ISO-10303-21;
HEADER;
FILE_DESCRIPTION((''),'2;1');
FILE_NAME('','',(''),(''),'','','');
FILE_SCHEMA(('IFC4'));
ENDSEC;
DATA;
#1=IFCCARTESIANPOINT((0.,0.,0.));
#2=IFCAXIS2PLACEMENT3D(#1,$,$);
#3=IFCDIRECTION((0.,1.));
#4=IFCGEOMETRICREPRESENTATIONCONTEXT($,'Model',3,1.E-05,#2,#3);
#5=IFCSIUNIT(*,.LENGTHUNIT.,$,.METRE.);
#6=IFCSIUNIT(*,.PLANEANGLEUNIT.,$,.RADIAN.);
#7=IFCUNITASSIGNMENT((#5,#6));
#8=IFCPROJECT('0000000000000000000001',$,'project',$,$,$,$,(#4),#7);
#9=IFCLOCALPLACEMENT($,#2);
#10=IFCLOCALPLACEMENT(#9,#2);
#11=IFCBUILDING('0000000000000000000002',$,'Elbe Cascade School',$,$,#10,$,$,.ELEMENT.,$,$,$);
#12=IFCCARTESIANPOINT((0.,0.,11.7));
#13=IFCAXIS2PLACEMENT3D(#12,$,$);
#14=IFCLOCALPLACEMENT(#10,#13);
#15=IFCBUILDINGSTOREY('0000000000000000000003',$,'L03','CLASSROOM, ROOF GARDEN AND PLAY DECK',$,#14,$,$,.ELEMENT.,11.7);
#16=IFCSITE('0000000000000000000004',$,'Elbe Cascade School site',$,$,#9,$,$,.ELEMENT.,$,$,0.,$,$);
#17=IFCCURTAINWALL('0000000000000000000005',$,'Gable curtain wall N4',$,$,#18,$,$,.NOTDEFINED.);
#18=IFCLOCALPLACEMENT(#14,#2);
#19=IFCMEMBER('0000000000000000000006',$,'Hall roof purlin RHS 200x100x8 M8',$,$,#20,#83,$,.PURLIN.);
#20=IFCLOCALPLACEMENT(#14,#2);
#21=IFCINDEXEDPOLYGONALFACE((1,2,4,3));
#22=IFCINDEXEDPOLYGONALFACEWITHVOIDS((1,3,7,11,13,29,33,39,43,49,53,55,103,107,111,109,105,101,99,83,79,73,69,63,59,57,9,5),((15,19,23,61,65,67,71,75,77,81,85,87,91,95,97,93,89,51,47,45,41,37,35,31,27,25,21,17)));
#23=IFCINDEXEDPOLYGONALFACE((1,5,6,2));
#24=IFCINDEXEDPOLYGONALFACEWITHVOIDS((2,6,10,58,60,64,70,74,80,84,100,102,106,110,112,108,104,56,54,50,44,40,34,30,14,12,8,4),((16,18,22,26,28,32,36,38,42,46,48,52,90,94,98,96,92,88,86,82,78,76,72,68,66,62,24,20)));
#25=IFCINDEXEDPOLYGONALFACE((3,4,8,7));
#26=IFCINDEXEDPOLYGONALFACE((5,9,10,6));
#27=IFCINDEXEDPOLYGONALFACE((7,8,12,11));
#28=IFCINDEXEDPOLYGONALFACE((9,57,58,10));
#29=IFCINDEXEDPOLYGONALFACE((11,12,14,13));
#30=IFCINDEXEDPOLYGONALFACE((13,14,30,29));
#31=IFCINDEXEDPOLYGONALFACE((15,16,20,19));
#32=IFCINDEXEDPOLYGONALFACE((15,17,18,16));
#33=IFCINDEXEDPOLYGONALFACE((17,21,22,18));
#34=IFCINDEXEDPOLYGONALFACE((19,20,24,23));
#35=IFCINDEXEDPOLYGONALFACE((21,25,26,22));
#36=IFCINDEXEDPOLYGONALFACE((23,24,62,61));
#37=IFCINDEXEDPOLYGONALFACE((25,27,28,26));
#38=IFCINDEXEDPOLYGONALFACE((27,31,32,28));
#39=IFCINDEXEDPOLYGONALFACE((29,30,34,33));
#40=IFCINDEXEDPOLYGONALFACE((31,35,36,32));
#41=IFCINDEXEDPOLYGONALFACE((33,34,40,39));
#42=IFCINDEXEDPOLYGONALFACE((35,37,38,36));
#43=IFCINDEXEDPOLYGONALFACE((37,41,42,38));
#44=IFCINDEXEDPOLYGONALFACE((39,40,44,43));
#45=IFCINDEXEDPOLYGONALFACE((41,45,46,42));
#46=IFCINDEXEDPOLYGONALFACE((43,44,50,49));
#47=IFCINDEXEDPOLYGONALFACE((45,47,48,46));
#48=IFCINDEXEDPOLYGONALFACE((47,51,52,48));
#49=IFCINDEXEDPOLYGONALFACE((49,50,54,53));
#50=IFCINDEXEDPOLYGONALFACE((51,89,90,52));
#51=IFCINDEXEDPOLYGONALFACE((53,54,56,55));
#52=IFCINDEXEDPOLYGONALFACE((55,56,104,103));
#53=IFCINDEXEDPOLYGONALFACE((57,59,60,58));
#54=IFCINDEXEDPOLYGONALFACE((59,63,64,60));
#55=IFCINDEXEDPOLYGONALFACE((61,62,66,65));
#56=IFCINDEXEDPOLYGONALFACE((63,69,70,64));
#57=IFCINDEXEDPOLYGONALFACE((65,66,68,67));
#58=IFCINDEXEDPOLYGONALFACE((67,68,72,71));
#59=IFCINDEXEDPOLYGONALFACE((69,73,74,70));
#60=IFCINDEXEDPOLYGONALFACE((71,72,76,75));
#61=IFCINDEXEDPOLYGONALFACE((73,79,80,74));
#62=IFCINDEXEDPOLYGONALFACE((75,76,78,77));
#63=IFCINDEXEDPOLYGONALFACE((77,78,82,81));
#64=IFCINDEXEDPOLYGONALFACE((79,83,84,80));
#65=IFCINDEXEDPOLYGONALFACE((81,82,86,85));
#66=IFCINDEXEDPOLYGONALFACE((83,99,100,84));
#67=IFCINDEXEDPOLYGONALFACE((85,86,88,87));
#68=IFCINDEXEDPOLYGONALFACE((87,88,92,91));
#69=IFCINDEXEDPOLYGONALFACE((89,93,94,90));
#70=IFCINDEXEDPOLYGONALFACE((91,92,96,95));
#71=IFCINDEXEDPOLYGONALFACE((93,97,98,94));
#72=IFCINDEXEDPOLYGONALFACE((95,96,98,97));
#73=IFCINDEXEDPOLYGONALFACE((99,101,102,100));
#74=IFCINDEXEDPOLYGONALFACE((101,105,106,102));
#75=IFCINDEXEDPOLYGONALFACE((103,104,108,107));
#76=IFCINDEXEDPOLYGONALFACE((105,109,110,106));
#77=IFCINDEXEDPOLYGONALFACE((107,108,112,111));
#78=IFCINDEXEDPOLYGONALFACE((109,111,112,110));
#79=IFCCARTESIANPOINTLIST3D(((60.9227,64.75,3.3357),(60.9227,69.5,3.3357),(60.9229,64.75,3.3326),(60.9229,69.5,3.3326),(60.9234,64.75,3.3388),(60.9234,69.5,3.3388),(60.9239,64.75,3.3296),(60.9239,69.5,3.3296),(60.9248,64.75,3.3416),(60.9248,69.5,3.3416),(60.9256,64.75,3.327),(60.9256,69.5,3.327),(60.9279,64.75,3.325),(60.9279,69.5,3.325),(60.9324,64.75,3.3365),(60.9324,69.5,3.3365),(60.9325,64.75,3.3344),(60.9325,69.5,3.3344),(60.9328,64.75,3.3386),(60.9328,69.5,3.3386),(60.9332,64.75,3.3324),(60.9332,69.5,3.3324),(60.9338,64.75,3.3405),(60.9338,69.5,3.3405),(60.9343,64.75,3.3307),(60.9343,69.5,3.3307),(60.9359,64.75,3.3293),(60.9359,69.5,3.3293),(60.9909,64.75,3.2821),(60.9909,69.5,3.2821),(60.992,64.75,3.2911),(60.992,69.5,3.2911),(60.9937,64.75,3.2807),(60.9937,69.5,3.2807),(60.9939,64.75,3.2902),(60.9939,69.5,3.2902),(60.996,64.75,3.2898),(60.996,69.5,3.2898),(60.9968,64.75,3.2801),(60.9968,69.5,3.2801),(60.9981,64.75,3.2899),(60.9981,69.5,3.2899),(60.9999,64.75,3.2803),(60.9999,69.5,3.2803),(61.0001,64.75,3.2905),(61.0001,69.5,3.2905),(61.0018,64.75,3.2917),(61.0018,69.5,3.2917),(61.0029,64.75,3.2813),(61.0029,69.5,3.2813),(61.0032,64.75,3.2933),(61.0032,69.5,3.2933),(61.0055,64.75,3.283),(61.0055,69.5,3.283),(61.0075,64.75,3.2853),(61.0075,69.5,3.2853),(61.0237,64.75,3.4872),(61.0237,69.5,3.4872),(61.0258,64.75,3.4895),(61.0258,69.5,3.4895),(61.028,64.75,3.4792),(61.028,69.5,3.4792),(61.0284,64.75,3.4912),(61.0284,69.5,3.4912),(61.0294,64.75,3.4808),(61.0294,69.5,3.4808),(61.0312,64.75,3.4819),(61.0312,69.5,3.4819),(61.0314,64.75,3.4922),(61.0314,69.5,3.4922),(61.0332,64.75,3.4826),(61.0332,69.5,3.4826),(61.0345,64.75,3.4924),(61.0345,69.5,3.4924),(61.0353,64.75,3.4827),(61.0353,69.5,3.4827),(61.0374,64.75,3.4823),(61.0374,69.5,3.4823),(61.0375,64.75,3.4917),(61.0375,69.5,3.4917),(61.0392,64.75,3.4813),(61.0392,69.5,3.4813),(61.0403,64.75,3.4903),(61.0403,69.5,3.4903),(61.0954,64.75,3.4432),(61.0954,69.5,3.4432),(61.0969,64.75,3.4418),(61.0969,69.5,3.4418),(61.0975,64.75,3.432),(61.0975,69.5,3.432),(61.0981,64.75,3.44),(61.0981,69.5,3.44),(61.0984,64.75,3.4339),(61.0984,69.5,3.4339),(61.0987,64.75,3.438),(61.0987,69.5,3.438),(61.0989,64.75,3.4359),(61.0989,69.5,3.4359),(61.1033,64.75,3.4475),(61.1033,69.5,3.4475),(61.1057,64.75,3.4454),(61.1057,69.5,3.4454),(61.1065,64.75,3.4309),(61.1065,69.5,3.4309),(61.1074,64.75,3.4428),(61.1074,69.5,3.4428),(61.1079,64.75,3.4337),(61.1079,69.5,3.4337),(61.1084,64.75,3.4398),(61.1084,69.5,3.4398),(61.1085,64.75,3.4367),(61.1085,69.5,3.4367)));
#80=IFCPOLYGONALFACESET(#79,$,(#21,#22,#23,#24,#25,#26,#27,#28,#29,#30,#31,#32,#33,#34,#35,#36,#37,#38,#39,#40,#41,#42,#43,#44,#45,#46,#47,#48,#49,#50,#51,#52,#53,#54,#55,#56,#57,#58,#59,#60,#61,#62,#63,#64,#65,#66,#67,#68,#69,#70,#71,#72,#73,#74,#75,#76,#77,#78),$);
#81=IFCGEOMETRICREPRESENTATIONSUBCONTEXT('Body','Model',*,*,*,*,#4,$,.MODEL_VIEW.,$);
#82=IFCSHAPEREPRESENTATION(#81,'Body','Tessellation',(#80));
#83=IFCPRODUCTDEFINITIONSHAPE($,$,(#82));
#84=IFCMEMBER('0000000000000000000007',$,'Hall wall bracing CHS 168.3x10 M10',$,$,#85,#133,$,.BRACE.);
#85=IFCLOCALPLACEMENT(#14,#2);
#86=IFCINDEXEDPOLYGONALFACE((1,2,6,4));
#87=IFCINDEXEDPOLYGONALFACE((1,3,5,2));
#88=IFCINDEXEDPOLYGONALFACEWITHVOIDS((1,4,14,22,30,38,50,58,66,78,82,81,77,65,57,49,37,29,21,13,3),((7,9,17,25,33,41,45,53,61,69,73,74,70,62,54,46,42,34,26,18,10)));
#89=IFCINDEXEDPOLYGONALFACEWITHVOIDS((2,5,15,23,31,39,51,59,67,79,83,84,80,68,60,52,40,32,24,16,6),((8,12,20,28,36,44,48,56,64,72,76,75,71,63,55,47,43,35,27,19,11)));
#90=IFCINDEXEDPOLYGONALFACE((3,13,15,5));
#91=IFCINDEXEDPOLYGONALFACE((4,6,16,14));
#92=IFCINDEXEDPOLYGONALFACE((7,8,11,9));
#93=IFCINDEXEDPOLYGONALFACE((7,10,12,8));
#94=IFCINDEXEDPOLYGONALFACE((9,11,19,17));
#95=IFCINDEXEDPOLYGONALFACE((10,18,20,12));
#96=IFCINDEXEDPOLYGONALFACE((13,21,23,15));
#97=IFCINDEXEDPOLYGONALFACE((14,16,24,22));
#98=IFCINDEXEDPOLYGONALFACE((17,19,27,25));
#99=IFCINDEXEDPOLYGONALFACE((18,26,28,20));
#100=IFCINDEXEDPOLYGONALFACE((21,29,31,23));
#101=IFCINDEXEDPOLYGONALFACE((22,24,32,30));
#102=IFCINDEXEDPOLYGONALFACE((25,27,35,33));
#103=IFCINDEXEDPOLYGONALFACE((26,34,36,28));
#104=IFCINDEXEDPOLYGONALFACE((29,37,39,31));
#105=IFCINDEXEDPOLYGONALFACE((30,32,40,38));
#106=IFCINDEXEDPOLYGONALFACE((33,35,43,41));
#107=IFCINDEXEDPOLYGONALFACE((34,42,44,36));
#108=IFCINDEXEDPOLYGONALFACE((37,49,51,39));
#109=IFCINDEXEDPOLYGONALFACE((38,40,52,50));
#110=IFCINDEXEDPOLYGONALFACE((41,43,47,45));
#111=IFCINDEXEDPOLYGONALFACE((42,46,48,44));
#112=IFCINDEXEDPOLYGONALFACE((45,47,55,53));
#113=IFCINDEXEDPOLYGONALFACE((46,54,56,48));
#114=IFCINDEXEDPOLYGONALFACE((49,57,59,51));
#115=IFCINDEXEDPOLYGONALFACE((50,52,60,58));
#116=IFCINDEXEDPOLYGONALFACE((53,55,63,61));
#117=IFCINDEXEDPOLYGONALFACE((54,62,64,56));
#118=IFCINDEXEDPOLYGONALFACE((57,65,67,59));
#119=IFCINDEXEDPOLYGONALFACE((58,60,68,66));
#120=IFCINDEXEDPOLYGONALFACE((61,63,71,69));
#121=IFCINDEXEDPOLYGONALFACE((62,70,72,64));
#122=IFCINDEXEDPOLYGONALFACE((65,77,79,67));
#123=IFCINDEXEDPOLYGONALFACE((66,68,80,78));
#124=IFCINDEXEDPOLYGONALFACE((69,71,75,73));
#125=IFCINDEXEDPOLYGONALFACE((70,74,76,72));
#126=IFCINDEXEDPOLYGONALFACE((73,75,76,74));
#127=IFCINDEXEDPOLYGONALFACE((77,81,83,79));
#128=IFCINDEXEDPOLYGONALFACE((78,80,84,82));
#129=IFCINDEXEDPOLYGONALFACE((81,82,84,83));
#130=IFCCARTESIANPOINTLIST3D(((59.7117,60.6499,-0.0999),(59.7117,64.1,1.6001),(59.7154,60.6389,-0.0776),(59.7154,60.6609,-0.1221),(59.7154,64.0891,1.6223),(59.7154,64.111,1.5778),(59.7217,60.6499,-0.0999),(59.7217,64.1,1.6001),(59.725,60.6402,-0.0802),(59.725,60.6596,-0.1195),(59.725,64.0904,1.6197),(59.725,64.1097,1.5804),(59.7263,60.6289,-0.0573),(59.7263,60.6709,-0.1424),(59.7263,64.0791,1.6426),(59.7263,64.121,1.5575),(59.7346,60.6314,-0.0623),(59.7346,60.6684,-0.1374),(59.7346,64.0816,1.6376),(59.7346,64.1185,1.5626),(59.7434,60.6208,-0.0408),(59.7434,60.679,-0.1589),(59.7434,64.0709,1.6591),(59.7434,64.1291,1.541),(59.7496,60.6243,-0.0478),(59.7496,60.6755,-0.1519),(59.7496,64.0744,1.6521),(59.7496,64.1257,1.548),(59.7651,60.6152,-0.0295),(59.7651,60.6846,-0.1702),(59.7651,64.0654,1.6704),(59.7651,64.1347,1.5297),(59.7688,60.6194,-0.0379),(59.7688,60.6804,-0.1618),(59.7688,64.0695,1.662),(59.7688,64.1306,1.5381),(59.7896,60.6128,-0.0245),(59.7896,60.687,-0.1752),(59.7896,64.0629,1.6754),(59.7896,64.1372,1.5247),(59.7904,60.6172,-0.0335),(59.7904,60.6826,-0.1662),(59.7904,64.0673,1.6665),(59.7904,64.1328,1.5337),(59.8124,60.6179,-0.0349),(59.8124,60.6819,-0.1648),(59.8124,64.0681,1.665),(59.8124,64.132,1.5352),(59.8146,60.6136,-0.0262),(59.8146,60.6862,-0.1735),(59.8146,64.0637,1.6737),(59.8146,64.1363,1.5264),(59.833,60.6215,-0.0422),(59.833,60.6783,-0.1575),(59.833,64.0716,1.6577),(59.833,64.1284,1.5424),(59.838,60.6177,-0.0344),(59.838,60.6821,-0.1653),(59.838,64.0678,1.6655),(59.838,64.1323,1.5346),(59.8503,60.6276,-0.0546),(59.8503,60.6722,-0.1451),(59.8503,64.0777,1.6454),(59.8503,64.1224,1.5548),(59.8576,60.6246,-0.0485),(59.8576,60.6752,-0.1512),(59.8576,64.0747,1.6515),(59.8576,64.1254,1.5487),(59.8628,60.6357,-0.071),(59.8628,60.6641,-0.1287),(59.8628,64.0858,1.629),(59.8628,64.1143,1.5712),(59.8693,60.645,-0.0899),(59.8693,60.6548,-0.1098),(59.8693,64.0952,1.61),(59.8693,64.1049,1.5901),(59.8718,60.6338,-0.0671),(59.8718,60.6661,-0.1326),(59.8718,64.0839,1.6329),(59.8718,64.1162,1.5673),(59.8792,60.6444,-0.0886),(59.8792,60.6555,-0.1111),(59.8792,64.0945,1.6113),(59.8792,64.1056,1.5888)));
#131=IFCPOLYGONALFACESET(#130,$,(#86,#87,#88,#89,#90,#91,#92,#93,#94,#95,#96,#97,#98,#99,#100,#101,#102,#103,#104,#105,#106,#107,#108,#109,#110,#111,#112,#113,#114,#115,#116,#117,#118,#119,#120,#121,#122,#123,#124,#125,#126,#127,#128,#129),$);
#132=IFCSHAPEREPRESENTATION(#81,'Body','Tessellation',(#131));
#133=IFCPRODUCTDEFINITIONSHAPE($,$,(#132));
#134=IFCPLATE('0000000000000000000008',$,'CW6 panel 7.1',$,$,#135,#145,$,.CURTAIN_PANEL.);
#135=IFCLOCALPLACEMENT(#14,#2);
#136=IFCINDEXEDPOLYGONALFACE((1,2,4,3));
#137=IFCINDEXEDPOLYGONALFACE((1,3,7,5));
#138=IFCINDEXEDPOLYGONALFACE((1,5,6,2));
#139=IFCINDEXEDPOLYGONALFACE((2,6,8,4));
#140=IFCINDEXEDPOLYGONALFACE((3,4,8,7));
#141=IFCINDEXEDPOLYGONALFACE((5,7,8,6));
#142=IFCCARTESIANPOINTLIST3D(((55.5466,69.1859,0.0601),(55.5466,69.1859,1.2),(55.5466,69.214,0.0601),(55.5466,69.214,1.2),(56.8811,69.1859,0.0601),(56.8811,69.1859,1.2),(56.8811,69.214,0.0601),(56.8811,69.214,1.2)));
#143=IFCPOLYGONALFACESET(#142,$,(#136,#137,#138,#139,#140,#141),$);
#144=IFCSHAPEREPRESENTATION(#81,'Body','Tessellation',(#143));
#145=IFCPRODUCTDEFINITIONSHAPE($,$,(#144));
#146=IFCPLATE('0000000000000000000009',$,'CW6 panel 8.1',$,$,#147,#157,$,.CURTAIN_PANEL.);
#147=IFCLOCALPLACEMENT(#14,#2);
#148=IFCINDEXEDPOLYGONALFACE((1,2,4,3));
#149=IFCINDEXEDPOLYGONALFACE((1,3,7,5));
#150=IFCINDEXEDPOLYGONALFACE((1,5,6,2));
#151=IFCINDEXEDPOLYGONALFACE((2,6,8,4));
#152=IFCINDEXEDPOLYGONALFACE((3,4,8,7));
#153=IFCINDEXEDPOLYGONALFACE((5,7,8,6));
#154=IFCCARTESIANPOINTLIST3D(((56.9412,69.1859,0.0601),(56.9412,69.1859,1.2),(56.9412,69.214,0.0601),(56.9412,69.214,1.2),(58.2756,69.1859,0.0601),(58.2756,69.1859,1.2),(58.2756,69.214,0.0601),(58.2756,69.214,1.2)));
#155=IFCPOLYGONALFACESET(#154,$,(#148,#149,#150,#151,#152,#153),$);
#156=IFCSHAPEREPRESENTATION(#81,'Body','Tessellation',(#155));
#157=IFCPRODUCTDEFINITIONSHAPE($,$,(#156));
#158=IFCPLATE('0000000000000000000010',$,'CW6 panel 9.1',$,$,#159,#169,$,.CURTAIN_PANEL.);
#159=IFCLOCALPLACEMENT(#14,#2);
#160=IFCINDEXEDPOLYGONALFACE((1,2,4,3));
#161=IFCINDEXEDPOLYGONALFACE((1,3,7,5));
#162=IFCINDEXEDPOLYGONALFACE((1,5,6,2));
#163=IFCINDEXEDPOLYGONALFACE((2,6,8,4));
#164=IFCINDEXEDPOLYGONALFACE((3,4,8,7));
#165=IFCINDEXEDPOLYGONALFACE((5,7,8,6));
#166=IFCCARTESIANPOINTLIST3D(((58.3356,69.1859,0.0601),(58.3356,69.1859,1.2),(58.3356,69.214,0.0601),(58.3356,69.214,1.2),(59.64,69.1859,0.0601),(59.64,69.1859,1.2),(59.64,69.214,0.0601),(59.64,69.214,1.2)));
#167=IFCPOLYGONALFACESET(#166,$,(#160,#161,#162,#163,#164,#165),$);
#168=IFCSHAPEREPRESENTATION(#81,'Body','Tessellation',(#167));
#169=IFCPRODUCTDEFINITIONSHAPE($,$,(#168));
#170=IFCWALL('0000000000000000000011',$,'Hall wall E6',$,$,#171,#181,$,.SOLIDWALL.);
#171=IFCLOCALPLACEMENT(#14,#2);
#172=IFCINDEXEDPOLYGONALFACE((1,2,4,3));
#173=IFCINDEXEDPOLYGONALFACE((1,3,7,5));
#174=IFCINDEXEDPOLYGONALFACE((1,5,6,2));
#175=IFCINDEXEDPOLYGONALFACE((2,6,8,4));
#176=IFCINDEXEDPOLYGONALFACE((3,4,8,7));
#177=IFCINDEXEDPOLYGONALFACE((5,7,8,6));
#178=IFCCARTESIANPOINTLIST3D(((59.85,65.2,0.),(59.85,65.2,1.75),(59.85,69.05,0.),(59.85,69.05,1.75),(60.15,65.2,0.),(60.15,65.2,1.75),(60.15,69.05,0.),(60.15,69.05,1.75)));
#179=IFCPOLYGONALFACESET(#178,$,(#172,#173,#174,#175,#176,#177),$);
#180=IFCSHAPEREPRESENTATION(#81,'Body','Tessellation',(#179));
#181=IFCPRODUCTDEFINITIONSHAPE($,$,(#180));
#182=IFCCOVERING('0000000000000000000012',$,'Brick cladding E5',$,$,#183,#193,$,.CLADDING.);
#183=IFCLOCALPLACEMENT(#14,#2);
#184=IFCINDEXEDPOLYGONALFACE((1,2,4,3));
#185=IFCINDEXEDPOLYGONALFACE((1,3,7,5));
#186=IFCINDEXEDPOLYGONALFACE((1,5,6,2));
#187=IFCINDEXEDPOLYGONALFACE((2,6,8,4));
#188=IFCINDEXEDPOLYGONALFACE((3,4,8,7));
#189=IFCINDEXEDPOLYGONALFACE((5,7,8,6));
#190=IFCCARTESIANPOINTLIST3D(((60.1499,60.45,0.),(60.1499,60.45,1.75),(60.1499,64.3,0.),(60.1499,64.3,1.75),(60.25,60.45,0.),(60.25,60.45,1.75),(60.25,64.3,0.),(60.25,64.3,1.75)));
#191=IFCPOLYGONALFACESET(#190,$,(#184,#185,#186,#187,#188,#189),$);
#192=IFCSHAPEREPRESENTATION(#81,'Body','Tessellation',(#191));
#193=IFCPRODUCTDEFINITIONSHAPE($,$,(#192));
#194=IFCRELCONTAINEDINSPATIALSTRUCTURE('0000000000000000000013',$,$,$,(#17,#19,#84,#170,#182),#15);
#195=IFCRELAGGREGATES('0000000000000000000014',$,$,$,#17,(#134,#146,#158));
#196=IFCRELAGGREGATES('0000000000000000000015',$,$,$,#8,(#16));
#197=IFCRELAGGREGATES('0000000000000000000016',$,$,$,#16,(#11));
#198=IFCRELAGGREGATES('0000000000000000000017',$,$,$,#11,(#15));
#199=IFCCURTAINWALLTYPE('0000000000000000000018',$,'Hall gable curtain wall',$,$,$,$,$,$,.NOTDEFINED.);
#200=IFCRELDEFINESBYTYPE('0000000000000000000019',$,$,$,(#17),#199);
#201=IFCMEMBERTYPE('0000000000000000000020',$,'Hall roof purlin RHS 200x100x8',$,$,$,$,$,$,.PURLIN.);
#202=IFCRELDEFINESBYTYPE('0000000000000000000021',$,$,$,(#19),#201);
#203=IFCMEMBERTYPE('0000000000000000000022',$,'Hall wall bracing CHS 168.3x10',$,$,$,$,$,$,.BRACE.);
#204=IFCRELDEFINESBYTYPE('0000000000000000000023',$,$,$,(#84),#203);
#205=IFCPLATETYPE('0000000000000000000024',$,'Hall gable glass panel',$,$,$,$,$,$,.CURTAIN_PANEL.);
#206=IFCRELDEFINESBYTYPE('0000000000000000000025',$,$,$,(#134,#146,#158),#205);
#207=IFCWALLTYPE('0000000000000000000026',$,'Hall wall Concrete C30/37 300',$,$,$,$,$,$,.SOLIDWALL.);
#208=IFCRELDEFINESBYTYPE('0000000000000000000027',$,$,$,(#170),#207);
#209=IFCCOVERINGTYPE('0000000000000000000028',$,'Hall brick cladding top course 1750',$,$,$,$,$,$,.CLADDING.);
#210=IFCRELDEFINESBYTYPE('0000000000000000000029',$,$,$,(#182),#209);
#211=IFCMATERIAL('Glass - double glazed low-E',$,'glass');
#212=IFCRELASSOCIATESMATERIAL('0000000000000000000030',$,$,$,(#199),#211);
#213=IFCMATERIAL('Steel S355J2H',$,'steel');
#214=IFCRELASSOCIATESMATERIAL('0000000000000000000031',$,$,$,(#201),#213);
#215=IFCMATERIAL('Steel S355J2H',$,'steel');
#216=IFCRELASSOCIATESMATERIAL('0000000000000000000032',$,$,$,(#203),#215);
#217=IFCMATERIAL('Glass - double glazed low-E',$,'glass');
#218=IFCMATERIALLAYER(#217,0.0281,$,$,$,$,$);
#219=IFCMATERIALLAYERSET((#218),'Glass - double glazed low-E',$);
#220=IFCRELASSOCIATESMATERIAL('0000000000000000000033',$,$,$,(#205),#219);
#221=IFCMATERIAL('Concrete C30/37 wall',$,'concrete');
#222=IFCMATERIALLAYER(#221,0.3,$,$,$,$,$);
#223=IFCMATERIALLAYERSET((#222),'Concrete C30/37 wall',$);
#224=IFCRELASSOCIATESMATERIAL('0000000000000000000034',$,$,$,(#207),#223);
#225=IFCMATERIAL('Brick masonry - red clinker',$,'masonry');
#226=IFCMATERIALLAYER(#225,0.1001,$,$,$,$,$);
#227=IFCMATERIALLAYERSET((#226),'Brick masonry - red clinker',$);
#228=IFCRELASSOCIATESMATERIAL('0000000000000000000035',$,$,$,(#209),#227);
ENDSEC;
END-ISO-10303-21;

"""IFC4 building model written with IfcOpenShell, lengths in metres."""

from ifc_helpers import new_model, si_unit, direction, frame, frame_2d, origin, origin_2d, place, context, subcontext, project, spatial, rectangle, hollow_rectangle, hollow_circle, extrude, material, layer, layer_set, material_profile, profile_set, type_object, element, aggregate, save


model = new_model("IFC4")

# Units and contexts
model_context = context("Model", 3, precision=1e-05, world=origin(), true_north=direction((0.0, 1.0)))
body_context = subcontext(model_context, "Body", "Model", "MODEL_VIEW")
ifc_project = project(units=[si_unit("LENGTHUNIT", "METRE"), si_unit("PLANEANGLEUNIT", "RADIAN")], contexts=[model_context])

# Site, building, storey
site_placement = place(None, origin())
site = spatial("IfcSite", under=ifc_project, at=site_placement, Name="Elbe Cascade School site", CompositionType="ELEMENT", RefElevation=0.0)
building_placement = place(site_placement, origin())
building = spatial("IfcBuilding", under=site, at=building_placement, Name="Elbe Cascade School", CompositionType="ELEMENT")
storey_placement = place(building_placement, frame((0.0, 0.0, 11.7)))
storey = spatial("IfcBuildingStorey", under=building, at=storey_placement, Name="L03", Description="CLASSROOM, ROOF GARDEN AND PLAY DECK", CompositionType="ELEMENT", Elevation=11.7)

# Curtain wall
ifc_material_1 = material(Name="Glass - double glazed low-E", Category="glass")
curtain_wall_type = type_object("IfcCurtainWallType", Name="Hall gable curtain wall", PredefinedType="NOTDEFINED", material=ifc_material_1)
curtain_wall_placement = place(storey_placement, origin())
curtain_wall = element("IfcCurtainWall", 1, at=curtain_wall_placement, inside=storey, type_object=curtain_wall_type, Name="Gable curtain wall N4", PredefinedType="NOTDEFINED")

# Members
ifc_material_2 = material(Name="Steel S355J2H", Category="steel")
ifc_material_profile_1 = material_profile(ifc_material_2, hollow_rectangle(XDim=0.1001, YDim=0.2, WallThickness=0.0081, InnerFilletRadius=0.0081, OuterFilletRadius=0.012, at=origin_2d()), Name="RHS 200x100x8")
ifc_profile_set_1 = profile_set([ifc_material_profile_1], Name="Steel S355J2H")
member_type_1 = type_object("IfcMemberType", Name="Hall roof purlin RHS 200x100x8", PredefinedType="PURLIN", material=ifc_profile_set_1)
member_1_placement = place(storey_placement, frame((61.0156, 64.75, 3.3862), z_axis=(0.0, 1.0, 0.0), x_axis=(-0.827027, 0.0, 0.562162)))
element("IfcMember", 2, at=member_1_placement, inside=storey, type_object=member_type_1, Name="Hall roof purlin RHS 200x100x8 M8", PredefinedType="PURLIN", context=body_context, shape_type="SweptSolid", body=[
    extrude(hollow_rectangle(XDim=0.1001, YDim=0.2, WallThickness=0.0081, InnerFilletRadius=0.0081, OuterFilletRadius=0.012, at=origin_2d()), origin(), (0.0, 0.0, 1.0), 4.75),
])
ifc_material_3 = material(Name="Steel S355J2H", Category="steel")
ifc_material_profile_2 = material_profile(ifc_material_3, hollow_circle(Radius=0.0842, WallThickness=0.01, at=origin_2d()), Name="CHS 168.3x10")
ifc_profile_set_2 = profile_set([ifc_material_profile_2], Name="Steel S355J2H")
member_type_2 = type_object("IfcMemberType", Name="Hall wall bracing CHS 168.3x10", PredefinedType="BRACE", material=ifc_profile_set_2)
member_2_placement = place(storey_placement, frame((59.7959, 60.6499, -0.0999), z_axis=(0.0, 0.897027, 0.441976), x_axis=(-1.0, 0.0, 0.0)))
element("IfcMember", 3, at=member_2_placement, inside=storey, type_object=member_type_2, Name="Hall wall bracing CHS 168.3x10 M10", PredefinedType="BRACE", context=body_context, shape_type="SweptSolid", body=[
    extrude(hollow_circle(Radius=0.0842, WallThickness=0.01, at=origin_2d()), origin(), (0.0, 0.0, 1.0), 3.8462),
])

# Plates
ifc_material_4 = material(Name="Glass - double glazed low-E", Category="glass")
ifc_layer_1 = layer(ifc_material_4, 0.0281)
ifc_layer_set_1 = layer_set([ifc_layer_1], Name="Glass - double glazed low-E")
plate_type = type_object("IfcPlateType", Name="Hall gable glass panel", PredefinedType="CURTAIN_PANEL", material=ifc_layer_set_1)
plate_1_placement = place(storey_placement, frame((56.2139, 69.2, 0.0601), z_axis=(0.0, 0.0, 1.0), x_axis=(1.0, 0.0, 0.0)))
plate_1 = element("IfcPlate", 4, at=plate_1_placement, type_object=plate_type, Name="CW6 panel 7.1", PredefinedType="CURTAIN_PANEL", context=body_context, shape_type="SweptSolid", body=[
    extrude(rectangle(XDim=1.3345, YDim=0.0281, at=origin_2d()), origin(), (0.0, 0.0, 1.0), 1.1399),
])
plate_2_placement = place(storey_placement, frame((57.6084, 69.2, 0.0601), z_axis=(0.0, 0.0, 1.0), x_axis=(1.0, 0.0, 0.0)))
plate_2 = element("IfcPlate", 5, at=plate_2_placement, type_object=plate_type, Name="CW6 panel 8.1", PredefinedType="CURTAIN_PANEL", context=body_context, shape_type="SweptSolid", body=[
    extrude(rectangle(XDim=1.3345, YDim=0.0281, at=origin_2d()), origin(), (0.0, 0.0, 1.0), 1.1399),
])
plate_3_placement = place(storey_placement, frame((58.9878, 69.2, 0.0601), z_axis=(0.0, 0.0, 1.0), x_axis=(1.0, 0.0, 0.0)))
plate_3 = element("IfcPlate", 6, at=plate_3_placement, type_object=plate_type, Name="CW6 panel 9.1", PredefinedType="CURTAIN_PANEL", context=body_context, shape_type="SweptSolid", body=[
    extrude(rectangle(XDim=1.3044, YDim=0.0281, at=origin_2d()), origin(), (0.0, 0.0, 1.0), 1.1399),
])
aggregate(curtain_wall, [plate_1, plate_2, plate_3])

# Wall
ifc_material_5 = material(Name="Concrete C30/37 wall", Category="concrete")
ifc_layer_2 = layer(ifc_material_5, 0.3)
ifc_layer_set_2 = layer_set([ifc_layer_2], Name="Concrete C30/37 wall")
wall_type = type_object("IfcWallType", Name="Hall wall Concrete C30/37 300", PredefinedType="SOLIDWALL", material=ifc_layer_set_2)
wall_placement = place(storey_placement, frame((60.0, 65.2, 0.0), z_axis=(0.0, 0.0, 1.0), x_axis=(0.0, 1.0, 0.0)))
element("IfcWall", 7, at=wall_placement, inside=storey, type_object=wall_type, Name="Hall wall E6", PredefinedType="SOLIDWALL", context=body_context, shape_type="SweptSolid", body=[
    extrude(rectangle(XDim=3.8501, YDim=0.3, at=frame_2d((1.925, 0.0))), origin(), (0.0, 0.0, 1.0), 1.75),
])

# Covering
ifc_material_6 = material(Name="Brick masonry - red clinker", Category="masonry")
ifc_layer_3 = layer(ifc_material_6, 0.1001)
ifc_layer_set_3 = layer_set([ifc_layer_3], Name="Brick masonry - red clinker")
covering_type = type_object("IfcCoveringType", Name="Hall brick cladding top course 1750", PredefinedType="CLADDING", material=ifc_layer_set_3)
for number, where, z_axis, x_axis, name in (
    (8, (60.2, 62.375, 0.0), (0.0, 0.0, 1.0), (1.0, 0.0, 0.0), "Brick cladding E5"),
):
    element("IfcCovering", number, at=place(storey_placement, frame(where, z_axis=z_axis, x_axis=x_axis)), inside=storey, type_object=covering_type, Name=name, PredefinedType="CLADDING", context=body_context, shape_type="SweptSolid", body=[
        extrude(rectangle(XDim=0.1001, YDim=3.8501, at=origin_2d()), origin(), (0.0, 0.0, 1.0), 1.75),
    ])

save(model, "model.ifc")
